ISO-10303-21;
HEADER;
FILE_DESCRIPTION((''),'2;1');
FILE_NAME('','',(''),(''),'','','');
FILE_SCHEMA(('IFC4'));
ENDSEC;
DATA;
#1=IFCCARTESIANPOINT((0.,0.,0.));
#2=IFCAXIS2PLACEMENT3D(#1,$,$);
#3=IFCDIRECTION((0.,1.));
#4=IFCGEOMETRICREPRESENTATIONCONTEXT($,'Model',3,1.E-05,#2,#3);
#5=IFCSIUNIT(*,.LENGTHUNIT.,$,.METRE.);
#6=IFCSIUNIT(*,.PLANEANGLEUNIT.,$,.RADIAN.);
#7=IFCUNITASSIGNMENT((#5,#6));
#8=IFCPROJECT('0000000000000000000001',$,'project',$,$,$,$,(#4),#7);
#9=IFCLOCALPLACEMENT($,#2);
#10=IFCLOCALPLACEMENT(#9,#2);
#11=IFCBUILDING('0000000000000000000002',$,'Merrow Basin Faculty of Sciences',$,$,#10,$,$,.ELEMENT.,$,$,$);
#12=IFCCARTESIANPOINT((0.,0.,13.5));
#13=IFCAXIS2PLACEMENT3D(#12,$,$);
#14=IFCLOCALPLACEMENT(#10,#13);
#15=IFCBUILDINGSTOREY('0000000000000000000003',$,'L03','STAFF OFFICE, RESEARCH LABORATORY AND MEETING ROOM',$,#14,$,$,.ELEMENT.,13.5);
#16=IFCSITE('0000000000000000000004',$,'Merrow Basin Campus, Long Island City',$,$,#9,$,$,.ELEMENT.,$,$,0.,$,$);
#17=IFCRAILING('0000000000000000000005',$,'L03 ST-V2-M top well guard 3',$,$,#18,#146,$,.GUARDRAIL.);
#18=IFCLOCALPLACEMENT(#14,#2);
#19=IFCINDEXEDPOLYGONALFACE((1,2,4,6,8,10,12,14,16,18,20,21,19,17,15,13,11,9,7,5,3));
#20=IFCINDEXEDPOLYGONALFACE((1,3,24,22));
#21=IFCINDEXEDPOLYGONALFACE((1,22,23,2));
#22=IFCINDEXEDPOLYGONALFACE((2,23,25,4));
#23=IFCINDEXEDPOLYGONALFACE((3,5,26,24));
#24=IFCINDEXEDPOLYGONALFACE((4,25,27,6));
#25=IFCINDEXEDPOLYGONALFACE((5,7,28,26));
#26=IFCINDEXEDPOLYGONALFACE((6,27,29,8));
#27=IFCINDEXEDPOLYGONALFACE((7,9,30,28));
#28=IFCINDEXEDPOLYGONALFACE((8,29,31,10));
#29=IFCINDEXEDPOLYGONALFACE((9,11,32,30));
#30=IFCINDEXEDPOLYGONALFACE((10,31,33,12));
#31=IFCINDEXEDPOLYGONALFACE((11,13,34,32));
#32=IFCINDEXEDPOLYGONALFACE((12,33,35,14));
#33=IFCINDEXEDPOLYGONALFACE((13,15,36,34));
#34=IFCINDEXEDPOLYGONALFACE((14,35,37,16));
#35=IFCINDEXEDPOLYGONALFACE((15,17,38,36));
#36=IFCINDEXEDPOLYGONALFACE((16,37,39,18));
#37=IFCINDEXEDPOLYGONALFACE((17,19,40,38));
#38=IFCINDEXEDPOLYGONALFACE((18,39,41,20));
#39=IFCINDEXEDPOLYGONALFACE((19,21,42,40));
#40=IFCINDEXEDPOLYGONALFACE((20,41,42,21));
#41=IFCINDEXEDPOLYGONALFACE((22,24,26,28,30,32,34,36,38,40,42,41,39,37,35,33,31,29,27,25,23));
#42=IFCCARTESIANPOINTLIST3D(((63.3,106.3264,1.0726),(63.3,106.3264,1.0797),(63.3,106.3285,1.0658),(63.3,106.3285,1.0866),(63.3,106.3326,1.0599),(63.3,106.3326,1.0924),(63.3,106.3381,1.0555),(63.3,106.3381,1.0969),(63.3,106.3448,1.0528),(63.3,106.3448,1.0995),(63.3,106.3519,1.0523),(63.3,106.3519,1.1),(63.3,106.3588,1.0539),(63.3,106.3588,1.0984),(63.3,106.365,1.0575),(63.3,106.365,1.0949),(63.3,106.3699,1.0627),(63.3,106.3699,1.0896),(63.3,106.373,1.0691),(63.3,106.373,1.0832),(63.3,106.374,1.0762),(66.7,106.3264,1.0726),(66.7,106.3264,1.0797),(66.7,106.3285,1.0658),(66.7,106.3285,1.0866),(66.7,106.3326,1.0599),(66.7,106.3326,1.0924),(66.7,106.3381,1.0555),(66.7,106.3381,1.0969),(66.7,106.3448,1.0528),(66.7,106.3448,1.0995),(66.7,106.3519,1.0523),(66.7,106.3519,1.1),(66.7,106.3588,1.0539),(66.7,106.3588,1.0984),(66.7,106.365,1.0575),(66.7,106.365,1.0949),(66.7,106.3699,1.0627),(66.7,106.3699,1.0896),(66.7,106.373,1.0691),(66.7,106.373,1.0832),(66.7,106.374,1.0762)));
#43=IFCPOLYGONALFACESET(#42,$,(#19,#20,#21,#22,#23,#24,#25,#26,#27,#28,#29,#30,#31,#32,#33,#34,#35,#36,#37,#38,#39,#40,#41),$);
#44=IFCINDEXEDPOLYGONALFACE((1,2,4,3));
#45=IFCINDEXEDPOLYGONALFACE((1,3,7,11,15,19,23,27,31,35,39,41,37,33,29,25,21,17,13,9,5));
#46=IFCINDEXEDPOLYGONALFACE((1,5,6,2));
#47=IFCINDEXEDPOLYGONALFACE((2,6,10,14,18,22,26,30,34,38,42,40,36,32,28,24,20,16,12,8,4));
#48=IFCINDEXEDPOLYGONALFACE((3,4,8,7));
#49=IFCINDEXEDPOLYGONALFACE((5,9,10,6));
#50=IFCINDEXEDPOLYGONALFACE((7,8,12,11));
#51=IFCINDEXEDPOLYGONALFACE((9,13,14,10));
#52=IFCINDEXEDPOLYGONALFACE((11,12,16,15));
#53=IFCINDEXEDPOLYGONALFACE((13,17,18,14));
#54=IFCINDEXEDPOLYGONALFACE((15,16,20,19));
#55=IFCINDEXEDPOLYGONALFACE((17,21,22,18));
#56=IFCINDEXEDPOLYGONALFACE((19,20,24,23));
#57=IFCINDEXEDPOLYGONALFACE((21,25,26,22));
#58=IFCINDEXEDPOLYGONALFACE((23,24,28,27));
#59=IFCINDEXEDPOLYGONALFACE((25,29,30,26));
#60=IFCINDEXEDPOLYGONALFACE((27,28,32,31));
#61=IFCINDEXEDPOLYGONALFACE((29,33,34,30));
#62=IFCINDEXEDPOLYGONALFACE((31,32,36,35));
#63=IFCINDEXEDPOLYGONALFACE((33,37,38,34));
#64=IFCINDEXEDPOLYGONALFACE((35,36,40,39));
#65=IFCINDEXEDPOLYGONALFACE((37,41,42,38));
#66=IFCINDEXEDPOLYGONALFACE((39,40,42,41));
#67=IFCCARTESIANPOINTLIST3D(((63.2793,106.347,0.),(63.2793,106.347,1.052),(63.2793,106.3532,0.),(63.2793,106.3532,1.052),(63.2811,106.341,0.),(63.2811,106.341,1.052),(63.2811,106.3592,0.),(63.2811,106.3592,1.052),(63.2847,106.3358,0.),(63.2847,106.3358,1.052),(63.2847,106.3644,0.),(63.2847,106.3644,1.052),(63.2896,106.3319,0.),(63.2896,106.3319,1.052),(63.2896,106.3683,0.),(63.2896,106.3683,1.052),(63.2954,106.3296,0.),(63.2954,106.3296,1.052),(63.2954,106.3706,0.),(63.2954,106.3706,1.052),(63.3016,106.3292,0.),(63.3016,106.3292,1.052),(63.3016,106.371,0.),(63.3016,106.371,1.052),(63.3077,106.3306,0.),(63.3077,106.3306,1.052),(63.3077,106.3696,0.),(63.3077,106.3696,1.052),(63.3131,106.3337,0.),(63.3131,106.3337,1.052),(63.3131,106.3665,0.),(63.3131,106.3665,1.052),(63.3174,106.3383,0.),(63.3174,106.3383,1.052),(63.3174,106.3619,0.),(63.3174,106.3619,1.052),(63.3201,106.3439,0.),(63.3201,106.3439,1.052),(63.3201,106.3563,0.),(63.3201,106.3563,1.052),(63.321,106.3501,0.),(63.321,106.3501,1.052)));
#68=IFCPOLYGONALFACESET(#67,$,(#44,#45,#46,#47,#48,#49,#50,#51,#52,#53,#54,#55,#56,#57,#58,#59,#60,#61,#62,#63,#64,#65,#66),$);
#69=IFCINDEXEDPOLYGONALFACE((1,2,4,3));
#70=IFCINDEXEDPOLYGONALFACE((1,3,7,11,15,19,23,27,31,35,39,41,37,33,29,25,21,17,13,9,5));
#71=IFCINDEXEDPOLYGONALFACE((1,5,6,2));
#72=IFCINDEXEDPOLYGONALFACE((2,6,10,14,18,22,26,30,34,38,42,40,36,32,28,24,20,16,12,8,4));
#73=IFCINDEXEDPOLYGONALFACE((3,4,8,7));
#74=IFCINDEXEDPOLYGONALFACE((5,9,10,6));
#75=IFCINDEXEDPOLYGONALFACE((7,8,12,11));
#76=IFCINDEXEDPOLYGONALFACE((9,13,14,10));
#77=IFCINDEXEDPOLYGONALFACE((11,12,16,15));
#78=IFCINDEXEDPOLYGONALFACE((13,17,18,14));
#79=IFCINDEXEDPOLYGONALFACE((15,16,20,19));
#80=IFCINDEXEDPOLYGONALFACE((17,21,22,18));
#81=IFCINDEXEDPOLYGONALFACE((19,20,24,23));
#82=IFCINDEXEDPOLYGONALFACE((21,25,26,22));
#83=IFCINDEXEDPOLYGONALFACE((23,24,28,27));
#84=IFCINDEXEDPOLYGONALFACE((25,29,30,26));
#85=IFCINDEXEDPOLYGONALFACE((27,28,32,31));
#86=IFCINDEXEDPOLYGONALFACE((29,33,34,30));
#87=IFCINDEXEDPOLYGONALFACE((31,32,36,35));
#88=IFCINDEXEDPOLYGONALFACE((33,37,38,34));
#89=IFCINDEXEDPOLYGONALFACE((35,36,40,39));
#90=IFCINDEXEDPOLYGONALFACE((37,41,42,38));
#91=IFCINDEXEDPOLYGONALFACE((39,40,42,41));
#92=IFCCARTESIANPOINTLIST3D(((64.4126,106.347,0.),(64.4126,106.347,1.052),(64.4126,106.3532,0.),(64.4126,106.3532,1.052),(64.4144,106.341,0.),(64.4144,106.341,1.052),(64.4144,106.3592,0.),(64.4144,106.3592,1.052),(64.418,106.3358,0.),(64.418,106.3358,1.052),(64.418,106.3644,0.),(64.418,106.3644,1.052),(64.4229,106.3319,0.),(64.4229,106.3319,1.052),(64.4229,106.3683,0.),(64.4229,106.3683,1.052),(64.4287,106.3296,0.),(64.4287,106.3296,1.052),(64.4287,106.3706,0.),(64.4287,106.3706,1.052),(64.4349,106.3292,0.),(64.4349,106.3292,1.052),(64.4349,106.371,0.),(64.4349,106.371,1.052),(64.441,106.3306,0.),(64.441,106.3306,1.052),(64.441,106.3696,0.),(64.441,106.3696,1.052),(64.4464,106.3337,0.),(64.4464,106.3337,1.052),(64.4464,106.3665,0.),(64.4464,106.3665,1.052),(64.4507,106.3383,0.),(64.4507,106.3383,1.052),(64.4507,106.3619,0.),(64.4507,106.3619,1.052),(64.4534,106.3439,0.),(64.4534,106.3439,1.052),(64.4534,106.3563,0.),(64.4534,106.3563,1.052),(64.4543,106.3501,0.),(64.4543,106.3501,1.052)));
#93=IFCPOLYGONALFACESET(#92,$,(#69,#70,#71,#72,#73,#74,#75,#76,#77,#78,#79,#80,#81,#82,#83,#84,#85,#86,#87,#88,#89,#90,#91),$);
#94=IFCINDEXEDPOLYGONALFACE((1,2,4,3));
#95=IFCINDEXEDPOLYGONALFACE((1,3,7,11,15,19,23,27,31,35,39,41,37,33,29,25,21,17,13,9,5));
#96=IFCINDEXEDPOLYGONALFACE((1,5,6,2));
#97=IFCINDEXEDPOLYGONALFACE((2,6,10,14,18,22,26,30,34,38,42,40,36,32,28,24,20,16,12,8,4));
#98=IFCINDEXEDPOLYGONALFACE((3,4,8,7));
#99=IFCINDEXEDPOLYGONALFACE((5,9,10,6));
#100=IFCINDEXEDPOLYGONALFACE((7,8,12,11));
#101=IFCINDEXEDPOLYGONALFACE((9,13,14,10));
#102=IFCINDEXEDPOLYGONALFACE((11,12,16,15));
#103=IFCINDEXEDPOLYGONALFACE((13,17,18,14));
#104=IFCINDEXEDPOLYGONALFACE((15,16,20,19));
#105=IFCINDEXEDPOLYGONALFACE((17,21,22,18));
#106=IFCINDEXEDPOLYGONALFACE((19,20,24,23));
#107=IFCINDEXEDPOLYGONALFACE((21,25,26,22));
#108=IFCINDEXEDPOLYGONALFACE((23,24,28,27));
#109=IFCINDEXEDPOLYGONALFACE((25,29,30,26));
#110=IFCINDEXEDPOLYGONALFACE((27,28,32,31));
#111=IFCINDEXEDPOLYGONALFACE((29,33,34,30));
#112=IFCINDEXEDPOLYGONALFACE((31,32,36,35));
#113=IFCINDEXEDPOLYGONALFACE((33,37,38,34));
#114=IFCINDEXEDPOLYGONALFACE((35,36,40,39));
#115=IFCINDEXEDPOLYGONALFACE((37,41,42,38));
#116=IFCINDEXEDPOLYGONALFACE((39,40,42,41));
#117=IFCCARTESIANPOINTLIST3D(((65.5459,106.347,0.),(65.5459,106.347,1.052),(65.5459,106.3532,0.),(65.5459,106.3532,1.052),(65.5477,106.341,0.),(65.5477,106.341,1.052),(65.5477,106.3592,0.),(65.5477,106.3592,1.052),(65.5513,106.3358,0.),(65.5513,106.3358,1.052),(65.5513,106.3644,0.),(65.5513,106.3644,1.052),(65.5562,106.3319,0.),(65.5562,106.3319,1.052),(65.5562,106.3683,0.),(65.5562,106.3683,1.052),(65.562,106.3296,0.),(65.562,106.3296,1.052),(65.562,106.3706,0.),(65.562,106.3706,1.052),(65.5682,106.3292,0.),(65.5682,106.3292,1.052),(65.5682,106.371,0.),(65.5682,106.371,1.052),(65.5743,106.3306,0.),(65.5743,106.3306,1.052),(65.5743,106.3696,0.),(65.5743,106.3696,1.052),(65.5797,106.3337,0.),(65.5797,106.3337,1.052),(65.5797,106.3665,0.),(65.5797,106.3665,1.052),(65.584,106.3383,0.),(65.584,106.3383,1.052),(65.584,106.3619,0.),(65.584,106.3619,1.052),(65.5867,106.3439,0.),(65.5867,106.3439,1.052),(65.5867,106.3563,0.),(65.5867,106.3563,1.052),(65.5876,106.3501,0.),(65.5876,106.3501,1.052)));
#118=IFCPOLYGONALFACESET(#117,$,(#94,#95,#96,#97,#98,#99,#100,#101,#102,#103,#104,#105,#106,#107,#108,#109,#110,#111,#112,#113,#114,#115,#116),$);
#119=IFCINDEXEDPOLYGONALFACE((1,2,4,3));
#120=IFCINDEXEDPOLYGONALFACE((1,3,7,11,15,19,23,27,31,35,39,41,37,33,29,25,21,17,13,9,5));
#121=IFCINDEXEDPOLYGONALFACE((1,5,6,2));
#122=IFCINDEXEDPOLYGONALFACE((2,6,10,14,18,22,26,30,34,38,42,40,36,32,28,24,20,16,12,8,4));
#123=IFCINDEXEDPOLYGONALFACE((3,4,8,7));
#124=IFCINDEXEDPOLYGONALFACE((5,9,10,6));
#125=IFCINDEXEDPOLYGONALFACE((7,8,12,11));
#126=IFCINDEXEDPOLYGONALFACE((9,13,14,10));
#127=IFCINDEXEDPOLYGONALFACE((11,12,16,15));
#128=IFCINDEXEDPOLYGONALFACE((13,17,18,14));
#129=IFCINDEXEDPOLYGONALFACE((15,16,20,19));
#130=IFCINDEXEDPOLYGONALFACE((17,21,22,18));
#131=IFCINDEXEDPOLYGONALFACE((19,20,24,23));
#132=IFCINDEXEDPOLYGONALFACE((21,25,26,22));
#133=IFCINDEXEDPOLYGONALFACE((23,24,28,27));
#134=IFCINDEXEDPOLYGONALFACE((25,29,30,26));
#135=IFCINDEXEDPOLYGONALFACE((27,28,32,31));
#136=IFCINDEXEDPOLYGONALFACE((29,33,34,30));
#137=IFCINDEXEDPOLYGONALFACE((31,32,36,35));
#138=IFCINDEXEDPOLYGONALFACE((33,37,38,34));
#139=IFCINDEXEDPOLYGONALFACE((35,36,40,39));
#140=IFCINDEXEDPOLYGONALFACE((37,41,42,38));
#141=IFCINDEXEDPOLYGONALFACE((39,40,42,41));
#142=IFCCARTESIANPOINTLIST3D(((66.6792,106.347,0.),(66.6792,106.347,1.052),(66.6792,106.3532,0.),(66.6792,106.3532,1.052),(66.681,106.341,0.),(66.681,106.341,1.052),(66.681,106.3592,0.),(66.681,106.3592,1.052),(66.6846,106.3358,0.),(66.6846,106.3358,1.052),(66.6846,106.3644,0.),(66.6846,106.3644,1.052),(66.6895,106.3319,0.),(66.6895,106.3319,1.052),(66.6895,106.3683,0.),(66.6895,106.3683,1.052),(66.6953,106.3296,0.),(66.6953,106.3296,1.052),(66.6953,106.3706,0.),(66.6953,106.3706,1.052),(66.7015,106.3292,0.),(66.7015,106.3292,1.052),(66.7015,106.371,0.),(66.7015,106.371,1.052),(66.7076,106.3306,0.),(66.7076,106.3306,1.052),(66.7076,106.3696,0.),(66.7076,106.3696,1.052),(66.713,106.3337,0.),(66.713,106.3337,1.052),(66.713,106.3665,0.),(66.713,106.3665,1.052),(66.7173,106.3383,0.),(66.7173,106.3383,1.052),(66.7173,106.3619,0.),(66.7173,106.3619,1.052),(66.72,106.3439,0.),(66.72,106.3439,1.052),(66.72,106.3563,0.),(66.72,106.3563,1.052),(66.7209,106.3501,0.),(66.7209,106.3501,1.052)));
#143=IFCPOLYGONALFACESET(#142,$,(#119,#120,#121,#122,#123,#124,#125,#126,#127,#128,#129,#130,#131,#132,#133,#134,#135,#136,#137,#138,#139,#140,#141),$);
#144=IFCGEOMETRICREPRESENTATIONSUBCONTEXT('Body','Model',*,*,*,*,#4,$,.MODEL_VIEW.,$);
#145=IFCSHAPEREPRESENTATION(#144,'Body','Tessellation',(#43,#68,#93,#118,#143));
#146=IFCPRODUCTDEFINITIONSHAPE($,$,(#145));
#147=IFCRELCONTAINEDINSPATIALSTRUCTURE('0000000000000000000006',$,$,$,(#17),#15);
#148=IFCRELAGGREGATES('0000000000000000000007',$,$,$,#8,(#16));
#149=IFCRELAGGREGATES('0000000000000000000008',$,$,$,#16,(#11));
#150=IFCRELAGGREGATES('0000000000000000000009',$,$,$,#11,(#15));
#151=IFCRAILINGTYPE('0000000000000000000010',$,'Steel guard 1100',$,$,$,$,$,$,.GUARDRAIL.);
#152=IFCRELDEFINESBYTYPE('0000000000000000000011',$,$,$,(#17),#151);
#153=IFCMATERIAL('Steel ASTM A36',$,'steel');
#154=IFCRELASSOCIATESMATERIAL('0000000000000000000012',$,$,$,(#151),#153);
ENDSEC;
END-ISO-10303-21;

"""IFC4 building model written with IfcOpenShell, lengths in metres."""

from ifc_helpers import new_model, si_unit, direction, frame, origin, origin_2d, place, context, subcontext, project, spatial, circle, extrude, material, type_object, element, save


model = new_model("IFC4")

# Units and contexts
model_context = context("Model", 3, precision=1e-05, world=origin(), true_north=direction((0.0, 1.0)))
body_context = subcontext(model_context, "Body", "Model", "MODEL_VIEW")
ifc_project = project(units=[si_unit("LENGTHUNIT", "METRE"), si_unit("PLANEANGLEUNIT", "RADIAN")], contexts=[model_context])

# Site, building, storey
site_placement = place(None, origin())
site = spatial("IfcSite", under=ifc_project, at=site_placement, Name="Merrow Basin Campus, Long Island City", CompositionType="ELEMENT", RefElevation=0.0)
building_placement = place(site_placement, origin())
building = spatial("IfcBuilding", under=site, at=building_placement, Name="Merrow Basin Faculty of Sciences", CompositionType="ELEMENT")
storey_placement = place(building_placement, frame((0.0, 0.0, 13.5)))
storey = spatial("IfcBuildingStorey", under=building, at=storey_placement, Name="L03", Description="STAFF OFFICE, RESEARCH LABORATORY AND MEETING ROOM", CompositionType="ELEMENT", Elevation=13.5)

# Railing
ifc_material_1 = material(Name="Steel ASTM A36", Category="steel")
railing_type_1 = type_object("IfcRailingType", Name="Steel guard 1100", PredefinedType="GUARDRAIL", material=ifc_material_1)
railing_1_placement = place(storey_placement, frame((63.3, 106.3501, 0.0)))
element("IfcRailing", 1, at=railing_1_placement, inside=storey, type_object=railing_type_1, Name="L03 ST-V2-M top well guard 3", PredefinedType="GUARDRAIL", context=body_context, shape_type="SweptSolid", body=[
    extrude(circle(Radius=0.0239, at=origin_2d()), frame((0.0, 0.0, 1.0762), z_axis=(1.0, 0.0, 0.0), x_axis=(0.0, 1.0, 0.0)), (0.0, 0.0, 1.0), 3.3999),
    extrude(circle(Radius=0.021, at=origin_2d()), origin(), (0.0, 0.0, 1.0), 1.052),
    extrude(circle(Radius=0.021, at=origin_2d()), frame((1.1333, 0.0, 0.0)), (0.0, 0.0, 1.0), 1.052),
    extrude(circle(Radius=0.021, at=origin_2d()), frame((2.2666, 0.0, 0.0)), (0.0, 0.0, 1.0), 1.052),
    extrude(circle(Radius=0.021, at=origin_2d()), frame((3.3999, 0.0, 0.0)), (0.0, 0.0, 1.0), 1.052),
])

save(model, "model.ifc")
